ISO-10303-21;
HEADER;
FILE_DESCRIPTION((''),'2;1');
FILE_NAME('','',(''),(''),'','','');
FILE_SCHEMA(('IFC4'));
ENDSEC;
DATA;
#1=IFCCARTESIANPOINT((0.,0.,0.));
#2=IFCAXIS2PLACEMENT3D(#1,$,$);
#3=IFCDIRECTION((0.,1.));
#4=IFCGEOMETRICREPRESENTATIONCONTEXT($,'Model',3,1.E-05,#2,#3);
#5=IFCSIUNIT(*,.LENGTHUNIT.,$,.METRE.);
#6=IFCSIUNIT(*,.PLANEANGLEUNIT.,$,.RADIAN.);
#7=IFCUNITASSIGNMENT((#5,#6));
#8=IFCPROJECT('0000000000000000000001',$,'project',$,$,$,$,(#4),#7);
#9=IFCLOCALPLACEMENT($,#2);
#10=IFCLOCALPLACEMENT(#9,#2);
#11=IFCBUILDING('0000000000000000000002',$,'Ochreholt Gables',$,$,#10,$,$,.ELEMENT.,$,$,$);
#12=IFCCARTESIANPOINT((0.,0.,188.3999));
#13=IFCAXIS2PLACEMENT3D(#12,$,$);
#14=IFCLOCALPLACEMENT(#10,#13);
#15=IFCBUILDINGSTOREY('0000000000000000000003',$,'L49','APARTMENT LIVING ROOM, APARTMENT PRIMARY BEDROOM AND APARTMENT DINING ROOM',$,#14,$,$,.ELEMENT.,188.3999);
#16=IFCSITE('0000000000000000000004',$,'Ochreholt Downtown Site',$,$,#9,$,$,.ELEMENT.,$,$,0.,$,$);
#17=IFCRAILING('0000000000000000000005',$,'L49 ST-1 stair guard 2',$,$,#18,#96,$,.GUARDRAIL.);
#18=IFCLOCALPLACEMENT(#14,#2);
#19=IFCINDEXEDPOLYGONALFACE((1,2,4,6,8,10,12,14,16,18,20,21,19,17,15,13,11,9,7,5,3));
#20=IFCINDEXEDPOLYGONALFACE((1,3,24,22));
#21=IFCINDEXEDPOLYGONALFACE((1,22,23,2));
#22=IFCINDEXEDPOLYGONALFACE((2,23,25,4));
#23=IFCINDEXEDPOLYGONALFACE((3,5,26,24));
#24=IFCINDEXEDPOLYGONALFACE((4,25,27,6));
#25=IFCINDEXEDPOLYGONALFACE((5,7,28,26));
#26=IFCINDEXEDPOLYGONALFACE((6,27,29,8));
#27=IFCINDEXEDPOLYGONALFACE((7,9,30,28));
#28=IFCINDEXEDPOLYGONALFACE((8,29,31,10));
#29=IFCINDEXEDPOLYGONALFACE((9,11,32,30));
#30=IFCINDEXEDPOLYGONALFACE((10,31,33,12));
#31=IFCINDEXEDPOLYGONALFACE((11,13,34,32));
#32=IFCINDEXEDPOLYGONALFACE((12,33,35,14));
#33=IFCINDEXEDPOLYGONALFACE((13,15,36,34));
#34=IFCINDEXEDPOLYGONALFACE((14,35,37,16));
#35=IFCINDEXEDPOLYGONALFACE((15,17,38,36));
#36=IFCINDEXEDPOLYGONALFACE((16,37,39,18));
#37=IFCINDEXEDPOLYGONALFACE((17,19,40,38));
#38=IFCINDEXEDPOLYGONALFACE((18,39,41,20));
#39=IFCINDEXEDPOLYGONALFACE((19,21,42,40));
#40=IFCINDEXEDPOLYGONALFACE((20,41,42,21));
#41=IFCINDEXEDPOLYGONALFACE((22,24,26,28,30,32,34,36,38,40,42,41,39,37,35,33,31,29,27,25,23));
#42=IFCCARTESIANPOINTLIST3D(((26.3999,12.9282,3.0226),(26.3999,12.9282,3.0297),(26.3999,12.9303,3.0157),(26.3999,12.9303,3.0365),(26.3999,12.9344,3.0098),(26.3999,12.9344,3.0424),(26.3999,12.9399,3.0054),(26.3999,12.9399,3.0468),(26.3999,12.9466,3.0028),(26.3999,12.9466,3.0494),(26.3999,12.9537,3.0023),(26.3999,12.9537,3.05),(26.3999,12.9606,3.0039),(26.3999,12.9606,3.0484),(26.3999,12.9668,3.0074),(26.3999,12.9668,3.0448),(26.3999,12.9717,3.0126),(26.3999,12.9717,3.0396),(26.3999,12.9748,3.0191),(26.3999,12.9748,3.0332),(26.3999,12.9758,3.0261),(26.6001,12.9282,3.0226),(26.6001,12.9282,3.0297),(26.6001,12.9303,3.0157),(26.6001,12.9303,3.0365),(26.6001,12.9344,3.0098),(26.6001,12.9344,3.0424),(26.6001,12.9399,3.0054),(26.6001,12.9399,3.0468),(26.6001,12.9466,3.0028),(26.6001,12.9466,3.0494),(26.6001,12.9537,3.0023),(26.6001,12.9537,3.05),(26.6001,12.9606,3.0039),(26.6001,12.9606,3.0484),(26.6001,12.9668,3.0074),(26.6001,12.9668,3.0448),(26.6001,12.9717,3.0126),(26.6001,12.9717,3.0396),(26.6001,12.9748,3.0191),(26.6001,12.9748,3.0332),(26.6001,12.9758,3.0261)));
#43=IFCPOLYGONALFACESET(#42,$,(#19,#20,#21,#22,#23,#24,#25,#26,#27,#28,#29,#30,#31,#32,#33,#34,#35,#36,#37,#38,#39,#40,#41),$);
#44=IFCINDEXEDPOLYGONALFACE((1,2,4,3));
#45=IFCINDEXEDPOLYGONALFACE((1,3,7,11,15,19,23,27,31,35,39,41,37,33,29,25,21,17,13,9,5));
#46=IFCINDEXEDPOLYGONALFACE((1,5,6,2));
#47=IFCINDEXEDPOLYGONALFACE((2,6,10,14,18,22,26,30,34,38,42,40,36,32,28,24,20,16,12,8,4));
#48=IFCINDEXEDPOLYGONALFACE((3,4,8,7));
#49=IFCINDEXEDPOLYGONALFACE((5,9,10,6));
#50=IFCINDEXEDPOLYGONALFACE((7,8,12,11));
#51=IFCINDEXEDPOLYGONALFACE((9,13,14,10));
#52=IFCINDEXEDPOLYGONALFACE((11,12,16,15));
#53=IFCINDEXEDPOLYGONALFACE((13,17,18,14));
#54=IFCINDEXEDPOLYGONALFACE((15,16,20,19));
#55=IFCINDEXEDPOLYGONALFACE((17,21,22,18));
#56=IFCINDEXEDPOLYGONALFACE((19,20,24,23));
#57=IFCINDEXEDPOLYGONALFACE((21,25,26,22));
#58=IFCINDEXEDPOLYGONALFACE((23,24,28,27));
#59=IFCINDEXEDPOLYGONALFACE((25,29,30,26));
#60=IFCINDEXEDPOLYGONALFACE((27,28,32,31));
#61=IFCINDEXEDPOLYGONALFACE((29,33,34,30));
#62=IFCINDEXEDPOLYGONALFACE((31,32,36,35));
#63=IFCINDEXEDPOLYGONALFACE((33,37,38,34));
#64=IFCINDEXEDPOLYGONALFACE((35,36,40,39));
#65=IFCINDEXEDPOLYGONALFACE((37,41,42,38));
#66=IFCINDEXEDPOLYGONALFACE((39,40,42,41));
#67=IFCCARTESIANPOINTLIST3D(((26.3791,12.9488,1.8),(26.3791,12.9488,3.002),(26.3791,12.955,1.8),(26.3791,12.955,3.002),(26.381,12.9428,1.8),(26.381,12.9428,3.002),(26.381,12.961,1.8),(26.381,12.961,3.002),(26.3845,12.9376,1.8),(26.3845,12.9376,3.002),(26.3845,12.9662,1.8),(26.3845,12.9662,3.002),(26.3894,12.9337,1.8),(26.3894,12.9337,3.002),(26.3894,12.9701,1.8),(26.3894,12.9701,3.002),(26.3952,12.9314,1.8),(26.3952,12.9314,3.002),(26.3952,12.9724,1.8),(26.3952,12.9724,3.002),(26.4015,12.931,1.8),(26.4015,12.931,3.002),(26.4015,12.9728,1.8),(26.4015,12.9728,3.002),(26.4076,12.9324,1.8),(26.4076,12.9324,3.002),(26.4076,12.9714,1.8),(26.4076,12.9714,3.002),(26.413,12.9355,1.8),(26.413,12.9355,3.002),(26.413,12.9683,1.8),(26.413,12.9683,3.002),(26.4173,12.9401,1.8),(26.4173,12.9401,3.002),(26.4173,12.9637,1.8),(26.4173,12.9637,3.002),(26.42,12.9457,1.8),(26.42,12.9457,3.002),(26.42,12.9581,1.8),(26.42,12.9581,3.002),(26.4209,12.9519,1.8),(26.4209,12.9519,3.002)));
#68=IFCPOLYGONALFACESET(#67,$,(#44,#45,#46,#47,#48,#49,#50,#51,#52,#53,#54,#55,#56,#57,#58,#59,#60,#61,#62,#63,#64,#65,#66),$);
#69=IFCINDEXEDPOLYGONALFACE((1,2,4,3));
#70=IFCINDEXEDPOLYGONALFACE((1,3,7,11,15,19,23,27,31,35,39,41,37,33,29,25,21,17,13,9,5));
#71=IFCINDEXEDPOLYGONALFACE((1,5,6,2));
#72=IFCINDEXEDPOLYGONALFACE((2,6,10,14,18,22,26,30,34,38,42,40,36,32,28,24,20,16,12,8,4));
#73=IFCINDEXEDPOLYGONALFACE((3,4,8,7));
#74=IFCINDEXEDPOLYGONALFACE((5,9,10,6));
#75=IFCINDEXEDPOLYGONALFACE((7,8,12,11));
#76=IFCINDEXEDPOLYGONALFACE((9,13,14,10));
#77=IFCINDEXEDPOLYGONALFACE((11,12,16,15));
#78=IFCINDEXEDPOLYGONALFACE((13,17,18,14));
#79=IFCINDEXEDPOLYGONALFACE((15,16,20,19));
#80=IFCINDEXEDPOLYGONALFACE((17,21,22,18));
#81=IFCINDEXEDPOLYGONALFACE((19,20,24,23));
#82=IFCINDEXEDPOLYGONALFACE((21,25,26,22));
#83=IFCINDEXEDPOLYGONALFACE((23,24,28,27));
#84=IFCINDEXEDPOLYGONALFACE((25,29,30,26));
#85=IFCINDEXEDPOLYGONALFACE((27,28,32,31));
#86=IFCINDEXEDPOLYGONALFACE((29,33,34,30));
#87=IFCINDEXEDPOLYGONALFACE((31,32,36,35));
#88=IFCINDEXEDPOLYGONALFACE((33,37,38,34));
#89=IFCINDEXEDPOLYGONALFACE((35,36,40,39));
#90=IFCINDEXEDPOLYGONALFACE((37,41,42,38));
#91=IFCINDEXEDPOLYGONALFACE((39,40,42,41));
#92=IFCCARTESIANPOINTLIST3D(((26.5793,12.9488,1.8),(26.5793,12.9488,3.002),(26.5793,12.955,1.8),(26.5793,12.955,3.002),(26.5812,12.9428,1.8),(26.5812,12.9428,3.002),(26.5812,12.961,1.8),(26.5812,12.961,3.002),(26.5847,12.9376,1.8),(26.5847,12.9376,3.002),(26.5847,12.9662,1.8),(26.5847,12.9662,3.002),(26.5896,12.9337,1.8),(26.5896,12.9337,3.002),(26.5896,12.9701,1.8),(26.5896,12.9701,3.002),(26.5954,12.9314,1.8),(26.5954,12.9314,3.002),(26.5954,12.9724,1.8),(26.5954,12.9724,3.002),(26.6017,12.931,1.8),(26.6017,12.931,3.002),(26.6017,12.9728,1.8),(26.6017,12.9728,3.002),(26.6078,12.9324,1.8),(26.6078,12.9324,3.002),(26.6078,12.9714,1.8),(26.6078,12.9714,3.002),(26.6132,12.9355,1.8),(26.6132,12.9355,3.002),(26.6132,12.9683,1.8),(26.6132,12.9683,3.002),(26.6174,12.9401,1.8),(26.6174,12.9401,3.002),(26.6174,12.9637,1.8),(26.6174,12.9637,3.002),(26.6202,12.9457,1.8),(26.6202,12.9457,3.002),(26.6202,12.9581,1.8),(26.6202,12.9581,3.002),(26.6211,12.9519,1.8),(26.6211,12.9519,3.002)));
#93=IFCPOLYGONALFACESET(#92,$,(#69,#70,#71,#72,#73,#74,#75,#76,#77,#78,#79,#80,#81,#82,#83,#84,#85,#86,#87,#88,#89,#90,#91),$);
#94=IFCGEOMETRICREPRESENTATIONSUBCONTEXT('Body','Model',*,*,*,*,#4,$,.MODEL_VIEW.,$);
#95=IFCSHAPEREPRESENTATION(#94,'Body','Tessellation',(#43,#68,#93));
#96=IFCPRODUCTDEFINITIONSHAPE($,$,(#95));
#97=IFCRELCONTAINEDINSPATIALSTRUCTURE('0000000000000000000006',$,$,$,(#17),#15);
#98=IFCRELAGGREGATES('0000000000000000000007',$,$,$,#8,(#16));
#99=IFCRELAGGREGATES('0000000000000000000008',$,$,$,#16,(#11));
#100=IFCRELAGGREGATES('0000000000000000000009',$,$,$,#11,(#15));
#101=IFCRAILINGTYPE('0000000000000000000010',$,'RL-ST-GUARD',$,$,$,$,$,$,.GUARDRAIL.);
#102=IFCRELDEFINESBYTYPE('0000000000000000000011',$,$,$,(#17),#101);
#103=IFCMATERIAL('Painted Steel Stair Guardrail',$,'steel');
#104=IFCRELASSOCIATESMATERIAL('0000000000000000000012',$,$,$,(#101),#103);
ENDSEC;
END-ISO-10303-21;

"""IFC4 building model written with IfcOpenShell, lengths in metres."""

from ifc_helpers import new_model, si_unit, direction, frame, origin, origin_2d, place, context, subcontext, project, spatial, circle, extrude, material, type_object, element, save


model = new_model("IFC4")

# Units and contexts
model_context = context("Model", 3, precision=1e-05, world=origin(), true_north=direction((0.0, 1.0)))
body_context = subcontext(model_context, "Body", "Model", "MODEL_VIEW")
ifc_project = project(units=[si_unit("LENGTHUNIT", "METRE"), si_unit("PLANEANGLEUNIT", "RADIAN")], contexts=[model_context])

# Site, building, storey
site_placement = place(None, origin())
site = spatial("IfcSite", under=ifc_project, at=site_placement, Name="Ochreholt Downtown Site", CompositionType="ELEMENT", RefElevation=0.0)
building_placement = place(site_placement, origin())
building = spatial("IfcBuilding", under=site, at=building_placement, Name="Ochreholt Gables", CompositionType="ELEMENT")
storey_placement = place(building_placement, frame((0.0, 0.0, 188.3999)))
storey = spatial("IfcBuildingStorey", under=building, at=storey_placement, Name="L49", Description="APARTMENT LIVING ROOM, APARTMENT PRIMARY BEDROOM AND APARTMENT DINING ROOM", CompositionType="ELEMENT", Elevation=188.3999)

# Railing
ifc_material_1 = material(Name="Painted Steel Stair Guardrail", Category="steel")
railing_type_1 = type_object("IfcRailingType", Name="RL-ST-GUARD", PredefinedType="GUARDRAIL", material=ifc_material_1)
railing_1_placement = place(storey_placement, frame((26.3999, 12.9519, 1.8)))
element("IfcRailing", 1, at=railing_1_placement, inside=storey, type_object=railing_type_1, Name="L49 ST-1 stair guard 2", PredefinedType="GUARDRAIL", context=body_context, shape_type="SweptSolid", body=[
    extrude(circle(Radius=0.0239, at=origin_2d()), frame((0.0, 0.0, 1.2261), z_axis=(1.0, 0.0, 0.0), x_axis=(0.0, 1.0, 0.0)), (0.0, 0.0, 1.0), 0.2002),
    extrude(circle(Radius=0.021, at=origin_2d()), origin(), (0.0, 0.0, 1.0), 1.2019),
    extrude(circle(Radius=0.021, at=origin_2d()), frame((0.2002, 0.0, 0.0)), (0.0, 0.0, 1.0), 1.2019),
])

save(model, "model.ifc")
